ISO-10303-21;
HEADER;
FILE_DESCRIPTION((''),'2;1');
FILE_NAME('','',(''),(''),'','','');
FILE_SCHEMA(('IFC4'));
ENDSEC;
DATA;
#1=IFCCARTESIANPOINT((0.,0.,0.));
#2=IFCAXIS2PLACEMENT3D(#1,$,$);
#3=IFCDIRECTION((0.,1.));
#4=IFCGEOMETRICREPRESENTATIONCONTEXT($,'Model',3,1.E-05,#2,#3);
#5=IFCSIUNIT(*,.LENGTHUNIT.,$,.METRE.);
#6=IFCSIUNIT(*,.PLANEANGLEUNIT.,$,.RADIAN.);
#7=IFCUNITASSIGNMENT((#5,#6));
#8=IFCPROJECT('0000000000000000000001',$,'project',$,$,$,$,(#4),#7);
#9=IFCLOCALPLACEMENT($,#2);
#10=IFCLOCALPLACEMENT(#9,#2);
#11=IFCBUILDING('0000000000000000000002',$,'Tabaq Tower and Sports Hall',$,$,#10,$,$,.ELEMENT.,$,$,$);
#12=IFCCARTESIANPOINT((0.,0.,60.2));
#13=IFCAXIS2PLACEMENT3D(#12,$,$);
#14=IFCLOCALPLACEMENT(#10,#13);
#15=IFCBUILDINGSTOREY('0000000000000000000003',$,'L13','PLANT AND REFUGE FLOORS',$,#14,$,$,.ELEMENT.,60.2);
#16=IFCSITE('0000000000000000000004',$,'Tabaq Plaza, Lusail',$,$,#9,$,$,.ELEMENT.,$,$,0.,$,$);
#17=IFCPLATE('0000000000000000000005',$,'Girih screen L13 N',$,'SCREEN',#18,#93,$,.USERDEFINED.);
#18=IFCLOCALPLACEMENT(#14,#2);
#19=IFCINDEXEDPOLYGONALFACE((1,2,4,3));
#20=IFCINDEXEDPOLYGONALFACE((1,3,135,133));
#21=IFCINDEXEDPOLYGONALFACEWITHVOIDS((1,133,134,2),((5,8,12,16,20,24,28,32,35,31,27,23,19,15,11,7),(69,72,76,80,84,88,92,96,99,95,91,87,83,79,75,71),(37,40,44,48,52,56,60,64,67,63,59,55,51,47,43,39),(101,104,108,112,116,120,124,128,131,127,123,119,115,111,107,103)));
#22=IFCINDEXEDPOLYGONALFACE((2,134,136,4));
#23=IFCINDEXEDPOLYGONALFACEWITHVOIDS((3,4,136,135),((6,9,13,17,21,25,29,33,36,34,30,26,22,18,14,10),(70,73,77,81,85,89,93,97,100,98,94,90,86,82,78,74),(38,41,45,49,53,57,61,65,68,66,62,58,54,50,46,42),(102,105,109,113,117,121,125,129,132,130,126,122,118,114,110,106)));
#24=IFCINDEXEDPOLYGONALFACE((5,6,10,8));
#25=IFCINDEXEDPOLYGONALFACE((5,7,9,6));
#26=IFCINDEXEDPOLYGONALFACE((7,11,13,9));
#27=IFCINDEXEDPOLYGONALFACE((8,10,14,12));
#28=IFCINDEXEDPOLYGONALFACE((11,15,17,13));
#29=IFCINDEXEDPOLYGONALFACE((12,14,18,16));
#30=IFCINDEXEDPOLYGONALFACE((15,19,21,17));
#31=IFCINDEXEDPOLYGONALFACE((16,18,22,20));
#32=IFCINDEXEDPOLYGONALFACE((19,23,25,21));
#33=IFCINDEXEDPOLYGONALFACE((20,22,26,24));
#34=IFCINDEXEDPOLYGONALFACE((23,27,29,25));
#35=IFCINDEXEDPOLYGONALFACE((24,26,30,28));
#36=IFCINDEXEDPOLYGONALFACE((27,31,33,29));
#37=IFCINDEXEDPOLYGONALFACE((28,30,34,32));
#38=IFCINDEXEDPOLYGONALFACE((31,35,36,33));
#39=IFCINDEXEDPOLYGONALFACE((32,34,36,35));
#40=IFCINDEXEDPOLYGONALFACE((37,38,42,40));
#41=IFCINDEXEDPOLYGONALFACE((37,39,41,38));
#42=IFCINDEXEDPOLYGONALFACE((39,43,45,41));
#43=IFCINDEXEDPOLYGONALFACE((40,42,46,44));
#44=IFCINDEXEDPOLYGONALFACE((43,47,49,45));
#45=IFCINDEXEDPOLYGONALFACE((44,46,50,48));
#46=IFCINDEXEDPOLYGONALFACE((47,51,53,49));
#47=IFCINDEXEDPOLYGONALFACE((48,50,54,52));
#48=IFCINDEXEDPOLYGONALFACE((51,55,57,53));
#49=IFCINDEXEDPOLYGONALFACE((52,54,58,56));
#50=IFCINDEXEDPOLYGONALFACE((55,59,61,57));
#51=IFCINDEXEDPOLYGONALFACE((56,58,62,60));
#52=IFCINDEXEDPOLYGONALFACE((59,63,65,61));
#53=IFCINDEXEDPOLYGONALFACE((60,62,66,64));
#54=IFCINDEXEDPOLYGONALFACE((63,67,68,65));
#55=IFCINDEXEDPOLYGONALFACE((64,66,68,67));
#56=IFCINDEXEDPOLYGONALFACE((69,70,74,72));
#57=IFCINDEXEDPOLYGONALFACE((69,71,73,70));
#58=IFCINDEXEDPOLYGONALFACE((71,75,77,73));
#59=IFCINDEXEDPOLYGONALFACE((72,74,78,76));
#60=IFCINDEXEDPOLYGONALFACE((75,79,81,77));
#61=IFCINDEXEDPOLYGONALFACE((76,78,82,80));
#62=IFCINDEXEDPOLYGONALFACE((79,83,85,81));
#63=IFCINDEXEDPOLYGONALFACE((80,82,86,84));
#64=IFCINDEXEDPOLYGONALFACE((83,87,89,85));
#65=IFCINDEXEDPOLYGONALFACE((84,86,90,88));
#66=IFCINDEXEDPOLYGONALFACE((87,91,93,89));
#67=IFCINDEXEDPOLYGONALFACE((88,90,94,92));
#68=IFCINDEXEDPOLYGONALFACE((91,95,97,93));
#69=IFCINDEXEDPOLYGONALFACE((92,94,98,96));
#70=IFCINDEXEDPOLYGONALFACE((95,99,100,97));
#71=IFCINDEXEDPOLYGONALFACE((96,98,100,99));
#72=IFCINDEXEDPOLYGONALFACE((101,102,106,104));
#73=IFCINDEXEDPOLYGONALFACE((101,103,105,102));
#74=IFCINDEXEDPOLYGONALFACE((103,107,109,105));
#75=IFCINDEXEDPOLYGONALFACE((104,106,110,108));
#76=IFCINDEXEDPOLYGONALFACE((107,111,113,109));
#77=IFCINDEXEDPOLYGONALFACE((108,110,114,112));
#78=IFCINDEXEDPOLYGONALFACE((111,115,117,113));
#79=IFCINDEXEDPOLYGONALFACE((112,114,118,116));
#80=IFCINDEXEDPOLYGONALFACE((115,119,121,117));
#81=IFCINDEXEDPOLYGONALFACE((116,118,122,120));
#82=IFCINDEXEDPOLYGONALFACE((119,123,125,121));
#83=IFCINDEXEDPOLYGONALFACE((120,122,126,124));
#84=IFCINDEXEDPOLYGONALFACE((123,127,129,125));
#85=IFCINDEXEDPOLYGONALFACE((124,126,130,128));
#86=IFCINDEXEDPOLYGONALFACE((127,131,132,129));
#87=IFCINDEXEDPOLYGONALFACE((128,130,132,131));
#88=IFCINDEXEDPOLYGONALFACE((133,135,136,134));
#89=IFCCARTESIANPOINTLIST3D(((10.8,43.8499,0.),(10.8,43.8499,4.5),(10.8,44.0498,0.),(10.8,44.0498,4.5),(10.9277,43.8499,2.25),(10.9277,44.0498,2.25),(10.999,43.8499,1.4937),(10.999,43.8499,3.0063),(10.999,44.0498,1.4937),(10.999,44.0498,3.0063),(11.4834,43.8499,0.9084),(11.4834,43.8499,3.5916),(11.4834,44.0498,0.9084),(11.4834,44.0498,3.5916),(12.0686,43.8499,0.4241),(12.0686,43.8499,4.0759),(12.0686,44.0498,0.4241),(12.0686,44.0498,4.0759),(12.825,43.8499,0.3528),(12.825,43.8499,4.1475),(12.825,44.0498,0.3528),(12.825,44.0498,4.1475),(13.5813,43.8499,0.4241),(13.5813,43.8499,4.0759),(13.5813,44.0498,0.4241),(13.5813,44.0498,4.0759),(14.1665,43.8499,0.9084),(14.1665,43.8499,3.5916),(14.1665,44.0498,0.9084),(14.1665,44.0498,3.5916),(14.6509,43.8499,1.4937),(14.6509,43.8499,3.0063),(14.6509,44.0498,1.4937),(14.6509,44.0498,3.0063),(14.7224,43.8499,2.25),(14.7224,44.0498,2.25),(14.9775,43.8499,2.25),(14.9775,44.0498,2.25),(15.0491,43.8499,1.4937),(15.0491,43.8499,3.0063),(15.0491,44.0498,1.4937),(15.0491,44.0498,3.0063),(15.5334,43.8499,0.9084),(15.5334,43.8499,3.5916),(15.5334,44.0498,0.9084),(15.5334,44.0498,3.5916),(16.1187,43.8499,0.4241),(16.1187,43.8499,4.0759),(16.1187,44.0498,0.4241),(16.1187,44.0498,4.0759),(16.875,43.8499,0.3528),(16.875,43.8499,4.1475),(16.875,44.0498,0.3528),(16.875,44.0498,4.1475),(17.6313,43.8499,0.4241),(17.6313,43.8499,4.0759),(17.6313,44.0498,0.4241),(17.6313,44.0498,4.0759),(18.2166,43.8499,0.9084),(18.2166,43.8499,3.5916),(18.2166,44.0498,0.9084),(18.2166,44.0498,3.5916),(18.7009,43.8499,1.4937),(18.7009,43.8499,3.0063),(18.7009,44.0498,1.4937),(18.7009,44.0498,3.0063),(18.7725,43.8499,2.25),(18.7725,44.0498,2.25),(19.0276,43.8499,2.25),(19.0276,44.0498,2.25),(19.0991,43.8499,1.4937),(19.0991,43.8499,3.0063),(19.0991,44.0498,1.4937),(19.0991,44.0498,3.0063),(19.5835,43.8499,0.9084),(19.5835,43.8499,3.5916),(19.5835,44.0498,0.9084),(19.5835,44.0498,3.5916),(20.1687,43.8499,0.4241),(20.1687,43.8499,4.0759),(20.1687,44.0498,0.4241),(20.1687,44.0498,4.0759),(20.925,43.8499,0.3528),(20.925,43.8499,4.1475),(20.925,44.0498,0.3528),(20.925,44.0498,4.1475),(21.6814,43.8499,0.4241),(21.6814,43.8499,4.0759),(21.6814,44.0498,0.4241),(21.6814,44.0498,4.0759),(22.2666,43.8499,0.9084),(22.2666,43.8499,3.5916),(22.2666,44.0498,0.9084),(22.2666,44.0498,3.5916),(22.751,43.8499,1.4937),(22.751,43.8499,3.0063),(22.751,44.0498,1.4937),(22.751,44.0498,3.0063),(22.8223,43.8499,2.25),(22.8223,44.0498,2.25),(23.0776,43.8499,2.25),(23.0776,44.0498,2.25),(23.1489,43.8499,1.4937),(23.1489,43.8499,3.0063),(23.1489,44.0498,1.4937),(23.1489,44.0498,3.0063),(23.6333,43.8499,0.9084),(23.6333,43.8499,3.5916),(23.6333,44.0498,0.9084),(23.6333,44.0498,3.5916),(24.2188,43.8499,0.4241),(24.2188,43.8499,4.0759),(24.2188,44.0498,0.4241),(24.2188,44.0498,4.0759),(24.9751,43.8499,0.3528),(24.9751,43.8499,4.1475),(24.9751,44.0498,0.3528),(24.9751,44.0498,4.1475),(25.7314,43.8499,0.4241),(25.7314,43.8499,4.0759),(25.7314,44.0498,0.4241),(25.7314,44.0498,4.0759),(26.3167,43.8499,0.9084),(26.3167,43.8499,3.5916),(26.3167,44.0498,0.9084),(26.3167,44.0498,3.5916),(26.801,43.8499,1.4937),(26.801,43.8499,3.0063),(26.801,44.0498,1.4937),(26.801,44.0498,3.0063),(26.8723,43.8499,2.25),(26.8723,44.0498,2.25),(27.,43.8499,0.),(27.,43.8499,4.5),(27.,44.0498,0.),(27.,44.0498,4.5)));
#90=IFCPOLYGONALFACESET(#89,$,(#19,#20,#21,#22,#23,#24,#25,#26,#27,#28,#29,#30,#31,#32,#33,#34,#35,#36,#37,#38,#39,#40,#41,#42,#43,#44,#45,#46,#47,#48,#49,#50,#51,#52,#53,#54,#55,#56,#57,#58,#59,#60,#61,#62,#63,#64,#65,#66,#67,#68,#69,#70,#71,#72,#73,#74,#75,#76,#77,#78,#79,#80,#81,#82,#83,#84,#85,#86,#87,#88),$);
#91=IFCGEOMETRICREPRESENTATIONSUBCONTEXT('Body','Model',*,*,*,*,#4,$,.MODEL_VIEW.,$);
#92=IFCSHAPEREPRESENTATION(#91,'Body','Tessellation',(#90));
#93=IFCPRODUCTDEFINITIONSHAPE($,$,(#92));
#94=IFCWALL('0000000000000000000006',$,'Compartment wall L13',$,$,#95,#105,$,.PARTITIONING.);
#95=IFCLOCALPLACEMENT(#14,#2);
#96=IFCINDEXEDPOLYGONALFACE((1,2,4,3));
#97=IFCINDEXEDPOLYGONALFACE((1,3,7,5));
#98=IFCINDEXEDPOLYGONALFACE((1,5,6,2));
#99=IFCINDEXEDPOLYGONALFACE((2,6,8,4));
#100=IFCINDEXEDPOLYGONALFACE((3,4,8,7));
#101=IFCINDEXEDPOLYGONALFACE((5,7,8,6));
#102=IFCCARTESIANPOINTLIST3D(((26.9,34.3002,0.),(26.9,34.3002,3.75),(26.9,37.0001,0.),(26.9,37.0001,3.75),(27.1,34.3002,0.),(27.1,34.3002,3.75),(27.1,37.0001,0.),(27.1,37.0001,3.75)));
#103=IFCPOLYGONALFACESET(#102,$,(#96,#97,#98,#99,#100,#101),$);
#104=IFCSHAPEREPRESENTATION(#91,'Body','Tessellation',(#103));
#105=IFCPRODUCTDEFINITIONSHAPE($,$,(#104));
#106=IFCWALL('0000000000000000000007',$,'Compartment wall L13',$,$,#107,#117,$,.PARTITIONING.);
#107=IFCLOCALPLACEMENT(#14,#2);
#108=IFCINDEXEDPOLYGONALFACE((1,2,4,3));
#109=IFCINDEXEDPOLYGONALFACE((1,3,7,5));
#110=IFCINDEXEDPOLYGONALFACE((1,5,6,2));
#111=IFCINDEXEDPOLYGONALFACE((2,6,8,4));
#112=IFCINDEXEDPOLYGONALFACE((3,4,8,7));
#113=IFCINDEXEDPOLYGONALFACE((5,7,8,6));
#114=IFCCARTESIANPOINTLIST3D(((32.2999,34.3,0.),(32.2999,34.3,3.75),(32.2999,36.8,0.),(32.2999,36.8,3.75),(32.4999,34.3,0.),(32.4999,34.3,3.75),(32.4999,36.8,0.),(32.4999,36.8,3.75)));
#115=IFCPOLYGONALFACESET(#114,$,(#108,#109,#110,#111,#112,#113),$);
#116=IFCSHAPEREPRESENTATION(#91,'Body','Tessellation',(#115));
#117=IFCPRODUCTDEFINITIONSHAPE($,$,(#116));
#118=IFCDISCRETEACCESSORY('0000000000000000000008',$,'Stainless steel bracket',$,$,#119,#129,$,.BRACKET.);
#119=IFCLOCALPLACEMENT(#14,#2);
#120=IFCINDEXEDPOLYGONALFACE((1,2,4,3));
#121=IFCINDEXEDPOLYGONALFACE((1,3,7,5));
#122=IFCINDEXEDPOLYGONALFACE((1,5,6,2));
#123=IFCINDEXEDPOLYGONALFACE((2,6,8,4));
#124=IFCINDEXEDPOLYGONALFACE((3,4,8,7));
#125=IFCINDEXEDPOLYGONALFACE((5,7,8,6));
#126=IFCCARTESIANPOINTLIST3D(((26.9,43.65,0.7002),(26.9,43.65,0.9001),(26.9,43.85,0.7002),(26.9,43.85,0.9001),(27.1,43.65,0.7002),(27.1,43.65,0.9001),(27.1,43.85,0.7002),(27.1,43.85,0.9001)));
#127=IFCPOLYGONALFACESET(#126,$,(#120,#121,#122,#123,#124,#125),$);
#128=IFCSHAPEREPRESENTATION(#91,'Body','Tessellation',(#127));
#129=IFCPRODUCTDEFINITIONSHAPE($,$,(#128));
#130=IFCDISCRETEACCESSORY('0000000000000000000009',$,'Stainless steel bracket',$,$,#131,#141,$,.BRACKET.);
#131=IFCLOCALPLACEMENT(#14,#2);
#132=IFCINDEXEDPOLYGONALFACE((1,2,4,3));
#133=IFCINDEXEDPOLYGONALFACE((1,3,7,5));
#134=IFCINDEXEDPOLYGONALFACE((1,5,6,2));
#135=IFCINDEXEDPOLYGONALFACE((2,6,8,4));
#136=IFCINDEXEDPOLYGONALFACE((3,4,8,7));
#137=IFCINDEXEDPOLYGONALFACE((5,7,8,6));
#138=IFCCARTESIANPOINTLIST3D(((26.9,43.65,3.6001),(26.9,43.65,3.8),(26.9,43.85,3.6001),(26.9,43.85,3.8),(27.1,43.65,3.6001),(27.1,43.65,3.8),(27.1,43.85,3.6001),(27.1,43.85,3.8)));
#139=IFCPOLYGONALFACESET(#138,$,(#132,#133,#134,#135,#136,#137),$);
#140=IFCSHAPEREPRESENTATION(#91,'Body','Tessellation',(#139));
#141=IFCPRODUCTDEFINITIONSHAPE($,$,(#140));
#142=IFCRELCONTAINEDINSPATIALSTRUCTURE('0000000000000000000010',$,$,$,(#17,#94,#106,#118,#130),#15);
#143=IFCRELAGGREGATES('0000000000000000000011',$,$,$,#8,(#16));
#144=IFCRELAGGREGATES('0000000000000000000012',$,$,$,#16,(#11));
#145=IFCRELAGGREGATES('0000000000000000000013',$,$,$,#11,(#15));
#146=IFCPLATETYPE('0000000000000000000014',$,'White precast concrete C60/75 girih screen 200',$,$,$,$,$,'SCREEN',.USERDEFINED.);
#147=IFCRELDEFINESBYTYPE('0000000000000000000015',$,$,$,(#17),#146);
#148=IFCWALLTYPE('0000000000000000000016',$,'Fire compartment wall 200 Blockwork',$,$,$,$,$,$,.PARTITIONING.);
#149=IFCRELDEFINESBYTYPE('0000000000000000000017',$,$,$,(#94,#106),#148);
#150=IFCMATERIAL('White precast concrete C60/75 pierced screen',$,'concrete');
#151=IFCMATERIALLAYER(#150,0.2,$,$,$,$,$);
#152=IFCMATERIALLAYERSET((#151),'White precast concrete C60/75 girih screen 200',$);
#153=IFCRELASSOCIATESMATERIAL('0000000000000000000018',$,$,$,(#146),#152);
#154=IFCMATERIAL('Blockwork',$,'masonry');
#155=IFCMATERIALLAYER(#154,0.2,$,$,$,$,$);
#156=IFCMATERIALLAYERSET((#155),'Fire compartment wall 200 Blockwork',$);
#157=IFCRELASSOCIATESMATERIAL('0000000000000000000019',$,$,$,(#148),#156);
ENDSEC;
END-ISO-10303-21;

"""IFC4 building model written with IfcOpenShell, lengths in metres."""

from ifc_helpers import new_model, si_unit, direction, frame, frame_2d, origin, origin_2d, place, context, subcontext, project, spatial, polyline, rectangle, outline, extrude, material, layer, layer_set, type_object, element, save


model = new_model("IFC4")

# Units and contexts
model_context = context("Model", 3, precision=1e-05, world=origin(), true_north=direction((0.0, 1.0)))
body_context = subcontext(model_context, "Body", "Model", "MODEL_VIEW")
ifc_project = project(units=[si_unit("LENGTHUNIT", "METRE"), si_unit("PLANEANGLEUNIT", "RADIAN")], contexts=[model_context])

# Site, building, storey
site_placement = place(None, origin())
site = spatial("IfcSite", under=ifc_project, at=site_placement, Name="Tabaq Plaza, Lusail", CompositionType="ELEMENT", RefElevation=0.0)
building_placement = place(site_placement, origin())
building = spatial("IfcBuilding", under=site, at=building_placement, Name="Tabaq Tower and Sports Hall", CompositionType="ELEMENT")
storey_placement = place(building_placement, frame((0.0, 0.0, 60.2)))
storey = spatial("IfcBuildingStorey", under=building, at=storey_placement, Name="L13", Description="PLANT AND REFUGE FLOORS", CompositionType="ELEMENT", Elevation=60.2)

# Plate
ifc_material_1 = material(Name="White precast concrete C60/75 pierced screen", Category="concrete")
ifc_layer_1 = layer(ifc_material_1, 0.2)
ifc_layer_set_1 = layer_set([ifc_layer_1], Name="White precast concrete C60/75 girih screen 200")
plate_type_1 = type_object("IfcPlateType", Name="White precast concrete C60/75 girih screen 200", ElementType="SCREEN", PredefinedType="USERDEFINED", material=ifc_layer_set_1)
plate_1_placement = place(storey_placement, frame((27.0, 43.95, 0.0), z_axis=(0.0, 0.0, 1.0), x_axis=(-1.0, 0.0, 0.0)))
element("IfcPlate", 1, at=plate_1_placement, inside=storey, type_object=plate_type_1, Name="Girih screen L13 N", ObjectType="SCREEN", PredefinedType="USERDEFINED", context=body_context, shape_type="SweptSolid", body=[
    extrude(outline(polyline([(0.0, 0.0), (16.2, 0.0), (16.2, 4.5), (0.0, 4.5), (0.0, 0.0)]), holes=[polyline([(3.8511, 3.0063), (3.3667, 3.5916), (2.7812, 4.0759), (2.0249, 4.1475), (1.2686, 4.0759), (0.6833, 3.5916), (0.199, 3.0063), (0.1277, 2.25), (0.199, 1.4937), (0.6833, 0.9084), (1.2686, 0.4241), (2.0249, 0.3528), (2.7812, 0.4241), (3.3667, 0.9084), (3.8511, 1.4937), (3.9224, 2.25), (3.8511, 3.0063)]), polyline([(7.9009, 3.0063), (7.4165, 3.5916), (6.8313, 4.0759), (6.075, 4.1475), (5.3186, 4.0759), (4.7334, 3.5916), (4.249, 3.0063), (4.1777, 2.25), (4.249, 1.4937), (4.7334, 0.9084), (5.3186, 0.4241), (6.075, 0.3528), (6.8313, 0.4241), (7.4165, 0.9084), (7.9009, 1.4937), (7.9724, 2.25), (7.9009, 3.0063)]), polyline([(11.9509, 3.0063), (11.4666, 3.5916), (10.8813, 4.0759), (10.125, 4.1475), (9.3687, 4.0759), (8.7834, 3.5916), (8.2991, 3.0063), (8.2275, 2.25), (8.2991, 1.4937), (8.7834, 0.9084), (9.3687, 0.4241), (10.125, 0.3528), (10.8813, 0.4241), (11.4666, 0.9084), (11.9509, 1.4937), (12.0225, 2.25), (11.9509, 3.0063)]), polyline([(16.001, 3.0063), (15.5166, 3.5916), (14.9314, 4.0759), (14.175, 4.1475), (13.4187, 4.0759), (12.8335, 3.5916), (12.3491, 3.0063), (12.2776, 2.25), (12.3491, 1.4937), (12.8335, 0.9084), (13.4187, 0.4241), (14.175, 0.3528), (14.9314, 0.4241), (15.5166, 0.9084), (16.001, 1.4937), (16.0723, 2.25), (16.001, 3.0063)])]), frame((0.0, 0.1001, 0.0), z_axis=(0.0, -1.0, 0.0), x_axis=(1.0, 0.0, 0.0)), (0.0, 0.0, 1.0), 0.2),
])

# Wall
ifc_material_2 = material(Name="Blockwork", Category="masonry")
ifc_layer_2 = layer(ifc_material_2, 0.2)
ifc_layer_set_2 = layer_set([ifc_layer_2], Name="Fire compartment wall 200 Blockwork")
wall_type = type_object("IfcWallType", Name="Fire compartment wall 200 Blockwork", PredefinedType="PARTITIONING", material=ifc_layer_set_2)
wall_1_placement = place(storey_placement, frame((27.0, 34.3, 0.0), z_axis=(0.0, 0.0, 1.0), x_axis=(0.0, 1.0, 0.0)))
element("IfcWall", 2, at=wall_1_placement, inside=storey, type_object=wall_type, Name="Compartment wall L13", PredefinedType="PARTITIONING", context=body_context, shape_type="SweptSolid", body=[
    extrude(rectangle(XDim=2.7, YDim=0.2, at=frame_2d((1.3501, 0.0))), origin(), (0.0, 0.0, 1.0), 3.75),
])

# Wall
wall_2_placement = place(storey_placement, frame((32.3999, 36.8, 0.0), z_axis=(0.0, 0.0, 1.0), x_axis=(0.0, -1.0, 0.0)))
element("IfcWall", 3, at=wall_2_placement, inside=storey, type_object=wall_type, Name="Compartment wall L13", PredefinedType="PARTITIONING", context=body_context, shape_type="SweptSolid", body=[
    extrude(rectangle(XDim=2.5, YDim=0.2, at=frame_2d((1.25, 0.0))), origin(), (0.0, 0.0, 1.0), 3.75),
])

# Discrete accessories
for number, where, z_axis, x_axis, name in (
    (4, (27.0, 43.75, 0.7002), (0.0, 0.0, 1.0), (0.0, -1.0, 0.0), "Stainless steel bracket"),
    (5, (27.0, 43.75, 3.6001), (0.0, 0.0, 1.0), (0.0, -1.0, 0.0), "Stainless steel bracket"),
):
    element("IfcDiscreteAccessory", number, at=place(storey_placement, frame(where, z_axis=z_axis, x_axis=x_axis)), inside=storey, Name=name, PredefinedType="BRACKET", context=body_context, shape_type="SweptSolid", body=[
        extrude(rectangle(XDim=0.2, YDim=0.2, at=origin_2d()), origin(), (0.0, 0.0, 1.0), 0.2),
    ])

save(model, "model.ifc")
